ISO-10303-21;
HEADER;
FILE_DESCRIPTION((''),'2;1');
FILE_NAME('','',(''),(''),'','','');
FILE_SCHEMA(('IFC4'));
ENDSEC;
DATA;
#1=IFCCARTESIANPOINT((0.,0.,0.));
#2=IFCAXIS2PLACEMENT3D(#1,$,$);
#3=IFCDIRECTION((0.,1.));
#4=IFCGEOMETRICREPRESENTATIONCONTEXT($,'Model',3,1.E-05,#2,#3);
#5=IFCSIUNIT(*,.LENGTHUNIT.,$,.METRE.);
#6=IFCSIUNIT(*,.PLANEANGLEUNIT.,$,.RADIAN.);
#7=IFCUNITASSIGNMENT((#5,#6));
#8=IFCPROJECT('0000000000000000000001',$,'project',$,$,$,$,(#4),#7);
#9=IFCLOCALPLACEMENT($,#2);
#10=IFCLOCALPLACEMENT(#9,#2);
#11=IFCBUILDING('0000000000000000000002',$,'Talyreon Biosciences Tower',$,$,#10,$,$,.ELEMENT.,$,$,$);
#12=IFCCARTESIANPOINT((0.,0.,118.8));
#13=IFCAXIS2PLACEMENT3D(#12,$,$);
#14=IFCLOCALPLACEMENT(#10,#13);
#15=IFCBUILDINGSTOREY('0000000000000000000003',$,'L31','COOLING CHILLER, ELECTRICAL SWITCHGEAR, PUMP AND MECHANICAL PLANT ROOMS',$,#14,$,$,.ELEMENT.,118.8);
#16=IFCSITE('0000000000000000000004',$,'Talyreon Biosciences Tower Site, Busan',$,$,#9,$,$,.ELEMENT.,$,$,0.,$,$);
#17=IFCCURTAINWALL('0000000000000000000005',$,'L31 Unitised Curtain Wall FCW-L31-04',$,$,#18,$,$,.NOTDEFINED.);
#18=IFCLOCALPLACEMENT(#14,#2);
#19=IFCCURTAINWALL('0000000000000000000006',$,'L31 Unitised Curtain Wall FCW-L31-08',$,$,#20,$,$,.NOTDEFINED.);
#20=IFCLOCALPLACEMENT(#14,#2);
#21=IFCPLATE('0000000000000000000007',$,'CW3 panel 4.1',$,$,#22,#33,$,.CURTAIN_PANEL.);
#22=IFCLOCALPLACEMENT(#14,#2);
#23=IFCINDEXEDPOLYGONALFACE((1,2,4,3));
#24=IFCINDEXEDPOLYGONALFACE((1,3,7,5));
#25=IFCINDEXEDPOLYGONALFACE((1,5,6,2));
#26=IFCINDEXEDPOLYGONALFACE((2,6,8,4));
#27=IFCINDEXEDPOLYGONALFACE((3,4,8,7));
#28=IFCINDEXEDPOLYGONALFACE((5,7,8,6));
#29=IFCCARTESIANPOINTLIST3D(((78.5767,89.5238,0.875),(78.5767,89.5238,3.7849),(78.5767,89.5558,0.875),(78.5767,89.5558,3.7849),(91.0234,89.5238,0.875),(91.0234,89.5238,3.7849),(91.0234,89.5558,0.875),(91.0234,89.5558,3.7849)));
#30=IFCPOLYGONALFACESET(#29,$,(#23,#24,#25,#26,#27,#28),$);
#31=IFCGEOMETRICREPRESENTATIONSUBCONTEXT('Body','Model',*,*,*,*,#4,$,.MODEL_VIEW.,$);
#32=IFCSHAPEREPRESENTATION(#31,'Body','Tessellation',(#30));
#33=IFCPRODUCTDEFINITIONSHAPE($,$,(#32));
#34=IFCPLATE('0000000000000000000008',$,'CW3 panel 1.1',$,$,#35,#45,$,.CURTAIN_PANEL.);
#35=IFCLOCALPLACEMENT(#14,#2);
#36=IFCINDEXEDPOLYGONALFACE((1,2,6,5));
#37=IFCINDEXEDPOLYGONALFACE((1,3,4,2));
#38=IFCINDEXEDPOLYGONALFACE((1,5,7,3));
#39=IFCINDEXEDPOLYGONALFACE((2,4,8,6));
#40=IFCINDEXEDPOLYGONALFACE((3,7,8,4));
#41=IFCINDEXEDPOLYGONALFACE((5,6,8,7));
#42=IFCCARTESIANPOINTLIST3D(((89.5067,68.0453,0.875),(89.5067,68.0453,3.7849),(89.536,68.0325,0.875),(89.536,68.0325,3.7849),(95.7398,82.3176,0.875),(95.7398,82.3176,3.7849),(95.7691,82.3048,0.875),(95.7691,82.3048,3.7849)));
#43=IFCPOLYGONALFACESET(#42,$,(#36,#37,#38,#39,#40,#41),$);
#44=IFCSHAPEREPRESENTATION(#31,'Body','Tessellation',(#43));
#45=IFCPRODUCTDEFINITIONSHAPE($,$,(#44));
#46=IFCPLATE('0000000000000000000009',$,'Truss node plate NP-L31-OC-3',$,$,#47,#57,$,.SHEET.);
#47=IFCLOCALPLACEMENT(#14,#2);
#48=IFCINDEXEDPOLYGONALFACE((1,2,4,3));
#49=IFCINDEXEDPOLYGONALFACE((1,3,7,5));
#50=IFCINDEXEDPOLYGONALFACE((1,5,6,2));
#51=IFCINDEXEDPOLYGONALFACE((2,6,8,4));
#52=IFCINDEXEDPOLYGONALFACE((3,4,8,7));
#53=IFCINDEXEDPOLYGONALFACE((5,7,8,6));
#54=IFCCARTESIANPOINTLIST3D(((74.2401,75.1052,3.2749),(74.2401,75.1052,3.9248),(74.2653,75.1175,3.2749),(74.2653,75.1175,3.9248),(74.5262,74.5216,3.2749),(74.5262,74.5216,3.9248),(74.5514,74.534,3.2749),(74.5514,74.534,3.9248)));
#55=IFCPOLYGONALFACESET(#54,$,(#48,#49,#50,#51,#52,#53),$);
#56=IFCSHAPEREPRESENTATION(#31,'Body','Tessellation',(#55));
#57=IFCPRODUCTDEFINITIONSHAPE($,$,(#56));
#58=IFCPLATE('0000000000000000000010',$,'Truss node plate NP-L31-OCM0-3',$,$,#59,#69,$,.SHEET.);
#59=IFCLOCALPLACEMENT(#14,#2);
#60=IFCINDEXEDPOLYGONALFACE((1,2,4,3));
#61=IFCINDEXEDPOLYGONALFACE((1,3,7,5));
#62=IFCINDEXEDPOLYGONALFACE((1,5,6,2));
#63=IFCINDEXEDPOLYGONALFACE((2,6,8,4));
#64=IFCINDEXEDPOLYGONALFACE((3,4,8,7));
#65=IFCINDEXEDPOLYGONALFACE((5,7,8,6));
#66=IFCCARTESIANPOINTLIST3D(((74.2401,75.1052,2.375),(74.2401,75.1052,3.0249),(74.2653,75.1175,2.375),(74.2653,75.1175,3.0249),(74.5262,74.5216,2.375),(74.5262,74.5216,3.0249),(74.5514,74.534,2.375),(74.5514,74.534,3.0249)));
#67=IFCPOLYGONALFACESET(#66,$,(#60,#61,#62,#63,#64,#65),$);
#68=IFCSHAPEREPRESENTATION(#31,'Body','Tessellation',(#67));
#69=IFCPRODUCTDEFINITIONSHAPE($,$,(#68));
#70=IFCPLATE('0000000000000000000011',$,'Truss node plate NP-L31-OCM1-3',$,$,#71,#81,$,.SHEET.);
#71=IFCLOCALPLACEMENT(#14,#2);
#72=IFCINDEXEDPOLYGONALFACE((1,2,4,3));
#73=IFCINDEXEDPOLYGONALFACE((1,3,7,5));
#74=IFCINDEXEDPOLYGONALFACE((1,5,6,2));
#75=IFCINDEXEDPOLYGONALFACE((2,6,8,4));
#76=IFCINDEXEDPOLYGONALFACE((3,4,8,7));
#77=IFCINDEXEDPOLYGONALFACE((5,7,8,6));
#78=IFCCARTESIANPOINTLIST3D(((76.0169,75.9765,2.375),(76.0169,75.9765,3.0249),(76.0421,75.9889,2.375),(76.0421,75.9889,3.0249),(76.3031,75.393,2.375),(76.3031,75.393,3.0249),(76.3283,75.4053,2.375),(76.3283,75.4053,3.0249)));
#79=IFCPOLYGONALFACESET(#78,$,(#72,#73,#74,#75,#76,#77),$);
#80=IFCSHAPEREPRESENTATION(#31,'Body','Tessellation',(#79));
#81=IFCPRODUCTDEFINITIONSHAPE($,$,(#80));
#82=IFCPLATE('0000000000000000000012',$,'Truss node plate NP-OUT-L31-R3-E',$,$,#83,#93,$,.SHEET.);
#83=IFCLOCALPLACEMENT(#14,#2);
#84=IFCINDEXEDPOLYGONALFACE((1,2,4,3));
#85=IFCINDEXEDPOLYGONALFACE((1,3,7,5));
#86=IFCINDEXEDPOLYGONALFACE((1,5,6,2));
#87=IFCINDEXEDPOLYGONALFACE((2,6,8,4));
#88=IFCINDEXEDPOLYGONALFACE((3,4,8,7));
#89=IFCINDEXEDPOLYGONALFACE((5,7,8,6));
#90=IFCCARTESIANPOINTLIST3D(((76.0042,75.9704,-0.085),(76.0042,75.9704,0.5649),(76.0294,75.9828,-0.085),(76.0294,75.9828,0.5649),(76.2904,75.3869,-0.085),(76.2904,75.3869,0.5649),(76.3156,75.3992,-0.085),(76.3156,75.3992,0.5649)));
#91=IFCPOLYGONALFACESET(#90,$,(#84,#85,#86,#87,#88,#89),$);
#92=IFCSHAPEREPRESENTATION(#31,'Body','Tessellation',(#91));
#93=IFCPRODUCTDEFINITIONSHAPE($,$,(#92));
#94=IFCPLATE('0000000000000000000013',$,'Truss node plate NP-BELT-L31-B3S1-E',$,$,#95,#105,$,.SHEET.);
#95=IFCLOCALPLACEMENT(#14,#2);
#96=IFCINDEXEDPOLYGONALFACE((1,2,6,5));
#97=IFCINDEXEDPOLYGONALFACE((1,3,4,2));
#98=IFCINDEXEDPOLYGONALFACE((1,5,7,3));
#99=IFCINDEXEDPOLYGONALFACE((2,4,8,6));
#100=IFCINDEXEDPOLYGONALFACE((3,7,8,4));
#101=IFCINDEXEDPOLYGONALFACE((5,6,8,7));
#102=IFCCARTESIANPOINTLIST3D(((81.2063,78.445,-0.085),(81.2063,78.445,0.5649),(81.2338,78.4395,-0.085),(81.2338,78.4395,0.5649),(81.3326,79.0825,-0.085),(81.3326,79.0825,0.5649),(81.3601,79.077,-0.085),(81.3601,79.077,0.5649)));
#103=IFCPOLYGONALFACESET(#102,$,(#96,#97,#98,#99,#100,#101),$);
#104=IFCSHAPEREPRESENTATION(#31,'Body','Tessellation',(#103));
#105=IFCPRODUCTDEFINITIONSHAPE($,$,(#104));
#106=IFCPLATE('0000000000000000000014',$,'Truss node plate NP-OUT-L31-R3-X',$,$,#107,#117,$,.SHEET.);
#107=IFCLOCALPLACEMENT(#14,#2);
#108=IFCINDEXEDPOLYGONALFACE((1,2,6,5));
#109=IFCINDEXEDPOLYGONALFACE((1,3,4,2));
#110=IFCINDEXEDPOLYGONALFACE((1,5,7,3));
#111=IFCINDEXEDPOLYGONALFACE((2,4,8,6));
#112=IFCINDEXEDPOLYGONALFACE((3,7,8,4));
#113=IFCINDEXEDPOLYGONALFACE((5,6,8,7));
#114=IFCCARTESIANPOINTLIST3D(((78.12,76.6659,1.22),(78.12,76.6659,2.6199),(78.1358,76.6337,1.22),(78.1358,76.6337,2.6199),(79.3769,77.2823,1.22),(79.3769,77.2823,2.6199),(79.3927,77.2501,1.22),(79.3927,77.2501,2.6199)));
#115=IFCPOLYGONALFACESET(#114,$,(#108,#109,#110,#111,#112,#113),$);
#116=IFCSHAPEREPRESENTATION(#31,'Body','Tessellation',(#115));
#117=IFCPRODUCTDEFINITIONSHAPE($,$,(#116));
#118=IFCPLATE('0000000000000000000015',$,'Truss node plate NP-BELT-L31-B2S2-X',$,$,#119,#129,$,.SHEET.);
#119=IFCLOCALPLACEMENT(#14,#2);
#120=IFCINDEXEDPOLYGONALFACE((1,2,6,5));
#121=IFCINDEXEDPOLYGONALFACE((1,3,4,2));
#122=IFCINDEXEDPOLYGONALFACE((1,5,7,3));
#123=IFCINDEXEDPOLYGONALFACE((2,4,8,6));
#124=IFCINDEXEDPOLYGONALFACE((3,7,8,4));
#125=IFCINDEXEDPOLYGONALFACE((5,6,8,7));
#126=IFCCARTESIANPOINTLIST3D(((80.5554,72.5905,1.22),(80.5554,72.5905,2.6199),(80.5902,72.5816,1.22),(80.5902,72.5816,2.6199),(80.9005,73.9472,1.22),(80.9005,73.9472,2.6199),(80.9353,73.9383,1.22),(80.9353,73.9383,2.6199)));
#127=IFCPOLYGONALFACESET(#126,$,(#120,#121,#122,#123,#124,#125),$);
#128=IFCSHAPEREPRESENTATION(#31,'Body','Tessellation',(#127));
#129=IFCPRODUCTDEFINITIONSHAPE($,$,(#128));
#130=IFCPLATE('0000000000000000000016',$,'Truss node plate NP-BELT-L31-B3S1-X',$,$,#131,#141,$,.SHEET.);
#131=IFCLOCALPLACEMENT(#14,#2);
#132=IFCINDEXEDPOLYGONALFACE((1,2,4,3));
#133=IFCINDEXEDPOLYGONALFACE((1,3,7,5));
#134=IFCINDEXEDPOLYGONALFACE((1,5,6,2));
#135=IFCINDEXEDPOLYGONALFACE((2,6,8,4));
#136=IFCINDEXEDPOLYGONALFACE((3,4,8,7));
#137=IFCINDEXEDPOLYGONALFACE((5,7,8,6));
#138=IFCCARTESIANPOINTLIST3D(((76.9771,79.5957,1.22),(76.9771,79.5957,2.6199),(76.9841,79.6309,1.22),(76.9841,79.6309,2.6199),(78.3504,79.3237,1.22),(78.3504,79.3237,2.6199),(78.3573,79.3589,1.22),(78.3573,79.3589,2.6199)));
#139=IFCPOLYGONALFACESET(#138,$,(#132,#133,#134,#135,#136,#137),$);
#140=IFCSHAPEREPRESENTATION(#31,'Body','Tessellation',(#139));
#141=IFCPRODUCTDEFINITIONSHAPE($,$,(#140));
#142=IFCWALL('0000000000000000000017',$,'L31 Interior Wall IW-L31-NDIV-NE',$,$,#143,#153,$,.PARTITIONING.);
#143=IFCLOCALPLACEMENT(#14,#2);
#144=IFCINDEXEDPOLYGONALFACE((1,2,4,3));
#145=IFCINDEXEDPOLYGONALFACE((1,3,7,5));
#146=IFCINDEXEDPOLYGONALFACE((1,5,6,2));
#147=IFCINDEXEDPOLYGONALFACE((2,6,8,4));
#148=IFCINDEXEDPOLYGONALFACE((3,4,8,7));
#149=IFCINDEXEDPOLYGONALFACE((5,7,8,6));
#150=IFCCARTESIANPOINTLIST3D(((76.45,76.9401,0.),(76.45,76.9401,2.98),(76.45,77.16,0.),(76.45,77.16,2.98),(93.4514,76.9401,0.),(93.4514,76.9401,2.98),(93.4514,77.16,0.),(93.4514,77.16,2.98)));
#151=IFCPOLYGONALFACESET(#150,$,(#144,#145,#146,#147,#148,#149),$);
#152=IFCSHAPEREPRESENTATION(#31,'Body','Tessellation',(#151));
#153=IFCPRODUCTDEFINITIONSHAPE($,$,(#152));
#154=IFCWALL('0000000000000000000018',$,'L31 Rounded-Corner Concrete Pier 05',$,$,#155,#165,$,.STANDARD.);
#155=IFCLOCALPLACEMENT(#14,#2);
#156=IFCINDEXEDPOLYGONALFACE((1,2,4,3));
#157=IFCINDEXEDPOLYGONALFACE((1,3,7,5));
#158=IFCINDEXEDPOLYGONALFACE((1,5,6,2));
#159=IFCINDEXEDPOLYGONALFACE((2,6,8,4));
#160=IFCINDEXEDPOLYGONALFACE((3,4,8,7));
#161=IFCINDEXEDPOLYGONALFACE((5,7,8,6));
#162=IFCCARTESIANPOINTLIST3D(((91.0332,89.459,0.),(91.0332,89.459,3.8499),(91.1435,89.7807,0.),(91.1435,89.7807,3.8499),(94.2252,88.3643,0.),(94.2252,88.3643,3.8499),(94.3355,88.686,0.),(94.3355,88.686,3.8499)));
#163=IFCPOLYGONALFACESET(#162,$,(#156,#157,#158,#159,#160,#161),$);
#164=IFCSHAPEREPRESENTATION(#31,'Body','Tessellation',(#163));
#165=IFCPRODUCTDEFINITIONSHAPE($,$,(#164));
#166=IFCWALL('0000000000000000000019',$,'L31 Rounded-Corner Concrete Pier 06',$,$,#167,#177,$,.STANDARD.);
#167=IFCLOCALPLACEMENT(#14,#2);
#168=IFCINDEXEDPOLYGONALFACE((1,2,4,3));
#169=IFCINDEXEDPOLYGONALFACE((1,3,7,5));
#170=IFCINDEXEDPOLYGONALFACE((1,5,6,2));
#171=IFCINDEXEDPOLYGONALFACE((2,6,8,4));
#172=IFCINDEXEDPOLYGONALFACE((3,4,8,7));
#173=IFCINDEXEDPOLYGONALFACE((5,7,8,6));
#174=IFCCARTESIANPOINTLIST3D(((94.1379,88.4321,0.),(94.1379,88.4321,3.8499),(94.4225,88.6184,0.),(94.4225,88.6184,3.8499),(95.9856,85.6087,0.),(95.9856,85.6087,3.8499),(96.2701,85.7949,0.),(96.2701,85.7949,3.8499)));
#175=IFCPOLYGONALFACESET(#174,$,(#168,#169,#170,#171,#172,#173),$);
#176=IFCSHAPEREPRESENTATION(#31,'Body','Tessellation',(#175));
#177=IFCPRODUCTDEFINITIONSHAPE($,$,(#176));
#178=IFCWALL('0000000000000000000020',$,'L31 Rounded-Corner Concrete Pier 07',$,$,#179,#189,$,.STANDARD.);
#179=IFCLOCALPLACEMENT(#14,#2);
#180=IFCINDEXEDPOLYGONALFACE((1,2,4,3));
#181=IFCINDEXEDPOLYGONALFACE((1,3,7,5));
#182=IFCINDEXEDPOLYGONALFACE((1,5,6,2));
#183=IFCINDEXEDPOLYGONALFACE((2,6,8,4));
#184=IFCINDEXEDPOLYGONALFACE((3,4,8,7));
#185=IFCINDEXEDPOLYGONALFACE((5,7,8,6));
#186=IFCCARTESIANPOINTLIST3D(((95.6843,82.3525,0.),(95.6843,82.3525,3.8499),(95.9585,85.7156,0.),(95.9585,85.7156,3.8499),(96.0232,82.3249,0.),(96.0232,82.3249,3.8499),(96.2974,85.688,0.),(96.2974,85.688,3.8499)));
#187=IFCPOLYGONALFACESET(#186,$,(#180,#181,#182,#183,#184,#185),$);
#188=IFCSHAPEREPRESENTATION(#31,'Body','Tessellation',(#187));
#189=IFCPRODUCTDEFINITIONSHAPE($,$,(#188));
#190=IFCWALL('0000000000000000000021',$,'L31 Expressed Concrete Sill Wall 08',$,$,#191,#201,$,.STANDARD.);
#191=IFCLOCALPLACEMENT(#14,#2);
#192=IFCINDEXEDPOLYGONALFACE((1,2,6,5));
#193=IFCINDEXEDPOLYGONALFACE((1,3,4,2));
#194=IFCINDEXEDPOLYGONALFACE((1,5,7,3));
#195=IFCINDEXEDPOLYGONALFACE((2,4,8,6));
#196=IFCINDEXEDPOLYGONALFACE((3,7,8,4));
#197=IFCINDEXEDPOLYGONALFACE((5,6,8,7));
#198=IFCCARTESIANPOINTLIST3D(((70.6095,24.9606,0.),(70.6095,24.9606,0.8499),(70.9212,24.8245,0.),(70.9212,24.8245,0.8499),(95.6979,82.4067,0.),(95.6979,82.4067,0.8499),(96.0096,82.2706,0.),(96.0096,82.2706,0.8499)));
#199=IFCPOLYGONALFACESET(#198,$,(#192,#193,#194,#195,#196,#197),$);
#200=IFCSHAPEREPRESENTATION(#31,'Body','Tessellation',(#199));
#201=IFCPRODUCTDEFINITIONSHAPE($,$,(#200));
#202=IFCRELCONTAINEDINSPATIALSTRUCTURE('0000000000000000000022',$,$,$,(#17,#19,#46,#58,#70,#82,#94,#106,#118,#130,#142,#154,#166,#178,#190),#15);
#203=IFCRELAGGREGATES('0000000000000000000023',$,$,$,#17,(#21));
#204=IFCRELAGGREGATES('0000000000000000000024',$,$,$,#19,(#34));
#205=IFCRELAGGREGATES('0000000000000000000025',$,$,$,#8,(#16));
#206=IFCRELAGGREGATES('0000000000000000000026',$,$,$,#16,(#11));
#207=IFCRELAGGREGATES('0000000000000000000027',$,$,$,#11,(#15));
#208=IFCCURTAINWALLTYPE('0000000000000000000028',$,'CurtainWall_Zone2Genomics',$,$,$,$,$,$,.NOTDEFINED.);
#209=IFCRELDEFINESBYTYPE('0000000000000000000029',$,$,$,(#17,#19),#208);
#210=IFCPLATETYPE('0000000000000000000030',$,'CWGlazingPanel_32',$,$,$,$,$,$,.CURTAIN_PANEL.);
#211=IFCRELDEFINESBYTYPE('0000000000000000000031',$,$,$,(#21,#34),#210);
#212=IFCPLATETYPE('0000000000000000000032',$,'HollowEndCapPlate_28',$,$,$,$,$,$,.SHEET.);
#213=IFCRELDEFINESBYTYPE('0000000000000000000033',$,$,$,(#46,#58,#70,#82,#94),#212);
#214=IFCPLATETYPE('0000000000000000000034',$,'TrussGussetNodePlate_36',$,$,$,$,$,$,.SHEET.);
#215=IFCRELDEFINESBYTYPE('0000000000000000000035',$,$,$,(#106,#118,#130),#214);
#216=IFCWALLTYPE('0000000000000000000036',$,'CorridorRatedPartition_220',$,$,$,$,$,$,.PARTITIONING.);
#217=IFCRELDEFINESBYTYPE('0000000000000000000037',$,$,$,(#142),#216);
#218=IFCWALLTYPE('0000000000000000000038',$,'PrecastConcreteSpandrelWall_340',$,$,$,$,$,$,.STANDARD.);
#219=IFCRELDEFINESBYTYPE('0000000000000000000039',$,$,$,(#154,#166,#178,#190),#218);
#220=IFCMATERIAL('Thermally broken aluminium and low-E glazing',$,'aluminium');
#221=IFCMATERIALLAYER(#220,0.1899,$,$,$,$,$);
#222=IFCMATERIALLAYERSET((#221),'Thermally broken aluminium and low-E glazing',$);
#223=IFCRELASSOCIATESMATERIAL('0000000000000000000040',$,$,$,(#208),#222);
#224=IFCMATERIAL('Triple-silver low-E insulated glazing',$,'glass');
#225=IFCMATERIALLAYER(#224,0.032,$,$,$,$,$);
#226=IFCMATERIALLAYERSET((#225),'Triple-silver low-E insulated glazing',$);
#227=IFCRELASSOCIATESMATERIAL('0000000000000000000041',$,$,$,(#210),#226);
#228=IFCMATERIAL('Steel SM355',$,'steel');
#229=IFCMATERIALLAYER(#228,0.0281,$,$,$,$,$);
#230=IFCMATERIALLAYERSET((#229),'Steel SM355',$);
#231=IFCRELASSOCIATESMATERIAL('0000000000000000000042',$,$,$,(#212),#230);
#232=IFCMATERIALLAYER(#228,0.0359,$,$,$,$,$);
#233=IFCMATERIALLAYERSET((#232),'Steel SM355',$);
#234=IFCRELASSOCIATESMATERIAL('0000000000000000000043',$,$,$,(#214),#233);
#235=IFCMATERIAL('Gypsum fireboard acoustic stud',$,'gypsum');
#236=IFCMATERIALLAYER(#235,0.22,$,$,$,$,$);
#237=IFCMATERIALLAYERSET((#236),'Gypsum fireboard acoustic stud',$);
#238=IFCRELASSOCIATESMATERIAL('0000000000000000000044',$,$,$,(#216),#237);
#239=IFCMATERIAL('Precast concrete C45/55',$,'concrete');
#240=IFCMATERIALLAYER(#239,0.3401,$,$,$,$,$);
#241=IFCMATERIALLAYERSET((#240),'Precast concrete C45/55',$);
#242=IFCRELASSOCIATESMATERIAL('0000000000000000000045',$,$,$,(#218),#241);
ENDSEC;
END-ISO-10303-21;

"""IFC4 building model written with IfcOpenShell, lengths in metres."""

from ifc_helpers import new_model, si_unit, direction, frame, frame_2d, origin, origin_2d, place, context, subcontext, project, spatial, rectangle, extrude, material, layer, layer_set, type_object, element, aggregate, save


model = new_model("IFC4")

# Units and contexts
model_context = context("Model", 3, precision=1e-05, world=origin(), true_north=direction((0.0, 1.0)))
body_context = subcontext(model_context, "Body", "Model", "MODEL_VIEW")
ifc_project = project(units=[si_unit("LENGTHUNIT", "METRE"), si_unit("PLANEANGLEUNIT", "RADIAN")], contexts=[model_context])

# Site, building, storey
site_placement = place(None, origin())
site = spatial("IfcSite", under=ifc_project, at=site_placement, Name="Talyreon Biosciences Tower Site, Busan", CompositionType="ELEMENT", RefElevation=0.0)
building_placement = place(site_placement, origin())
building = spatial("IfcBuilding", under=site, at=building_placement, Name="Talyreon Biosciences Tower", CompositionType="ELEMENT")
storey_placement = place(building_placement, frame((0.0, 0.0, 118.8)))
storey = spatial("IfcBuildingStorey", under=building, at=storey_placement, Name="L31", Description="COOLING CHILLER, ELECTRICAL SWITCHGEAR, PUMP AND MECHANICAL PLANT ROOMS", CompositionType="ELEMENT", Elevation=118.8)

# Shared definitions
ifc_material_1 = material(Name="Steel SM355", Category="steel")

# Curtain wall
ifc_material_2 = material(Name="Thermally broken aluminium and low-E glazing", Category="aluminium")
ifc_layer_1 = layer(ifc_material_2, 0.1899)
ifc_layer_set_1 = layer_set([ifc_layer_1], Name="Thermally broken aluminium and low-E glazing")
curtain_wall_type = type_object("IfcCurtainWallType", Name="CurtainWall_Zone2Genomics", PredefinedType="NOTDEFINED", material=ifc_layer_set_1)
curtain_wall_1_placement = place(storey_placement, origin())
curtain_wall_1 = element("IfcCurtainWall", 1, at=curtain_wall_1_placement, inside=storey, type_object=curtain_wall_type, Name="L31 Unitised Curtain Wall FCW-L31-04", PredefinedType="NOTDEFINED")

# Curtain wall
curtain_wall_2_placement = place(storey_placement, origin())
curtain_wall_2 = element("IfcCurtainWall", 2, at=curtain_wall_2_placement, inside=storey, type_object=curtain_wall_type, Name="L31 Unitised Curtain Wall FCW-L31-08", PredefinedType="NOTDEFINED")

# Shared definitions
ifc_material_3 = material(Name="Precast concrete C45/55", Category="concrete")

# Plates
ifc_material_4 = material(Name="Triple-silver low-E insulated glazing", Category="glass")
ifc_layer_2 = layer(ifc_material_4, 0.032)
ifc_layer_set_2 = layer_set([ifc_layer_2], Name="Triple-silver low-E insulated glazing")
plate_type_1 = type_object("IfcPlateType", Name="CWGlazingPanel_32", PredefinedType="CURTAIN_PANEL", material=ifc_layer_set_2)
plate_1_placement = place(storey_placement, frame((84.8, 89.5398, 0.875), z_axis=(0.0, 0.0, 1.0), x_axis=(1.0, 0.0, 0.0)))
plate_1 = element("IfcPlate", 3, at=plate_1_placement, type_object=plate_type_1, Name="CW3 panel 4.1", PredefinedType="CURTAIN_PANEL", context=body_context, shape_type="SweptSolid", body=[
    extrude(rectangle(XDim=12.4468, YDim=0.032, at=origin_2d()), origin(), (0.0, 0.0, 1.0), 2.9099),
])
aggregate(curtain_wall_1, [plate_1])
plate_2_placement = place(storey_placement, frame((92.6379, 75.175, 0.875), z_axis=(0.0, 0.0, 1.0), x_axis=(-0.400226, -0.916416, 0.0)))
plate_2 = element("IfcPlate", 4, at=plate_2_placement, type_object=plate_type_1, Name="CW3 panel 1.1", PredefinedType="CURTAIN_PANEL", context=body_context, shape_type="SweptSolid", body=[
    extrude(rectangle(XDim=15.574, YDim=0.032, at=origin_2d()), origin(), (0.0, 0.0, 1.0), 2.9099),
])
aggregate(curtain_wall_2, [plate_2])

# Plates
ifc_layer_3 = layer(ifc_material_1, 0.0281)
ifc_layer_set_3 = layer_set([ifc_layer_3], Name="Steel SM355")
plate_type_2 = type_object("IfcPlateType", Name="HollowEndCapPlate_28", PredefinedType="SHEET", material=ifc_layer_set_3)
for number, where, z_axis, x_axis, name in (
    (5, (74.3958, 74.8196, 3.2749), (0.0, 0.0, 1.0), (-0.440284, 0.897859, 0.0), "Truss node plate NP-L31-OC-3"),
    (6, (74.3958, 74.8196, 2.375), (0.0, 0.0, 1.0), (-0.440284, 0.897859, 0.0), "Truss node plate NP-L31-OCM0-3"),
    (7, (76.1726, 75.6909, 2.375), (0.0, 0.0, 1.0), (-0.440284, 0.897859, 0.0), "Truss node plate NP-L31-OCM1-3"),
    (8, (76.1599, 75.6848, -0.085), (0.0, 0.0, 1.0), (-0.440284, 0.897859, 0.0), "Truss node plate NP-OUT-L31-R3-E"),
    (9, (81.2832, 78.761, -0.085), (0.0, 0.0, 1.0), (-0.194337, -0.980935, 0.0), "Truss node plate NP-BELT-L31-B3S1-E"),
):
    element("IfcPlate", number, at=place(storey_placement, frame(where, z_axis=z_axis, x_axis=x_axis)), inside=storey, type_object=plate_type_2, Name=name, PredefinedType="SHEET", context=body_context, shape_type="SweptSolid", body=[
        extrude(rectangle(XDim=0.6499, YDim=0.0281, at=origin_2d()), origin(), (0.0, 0.0, 1.0), 0.6499),
    ])
ifc_layer_4 = layer(ifc_material_1, 0.0359)
ifc_layer_set_4 = layer_set([ifc_layer_4], Name="Steel SM355")
plate_type_3 = type_object("IfcPlateType", Name="TrussGussetNodePlate_36", PredefinedType="SHEET", material=ifc_layer_set_4)
for number, where, z_axis, x_axis, name in (
    (10, (78.7563, 76.958, 1.22), (0.0, 0.0, 1.0), (0.897859, 0.440284, 0.0), "Truss node plate NP-OUT-L31-R3-X"),
    (11, (80.7454, 73.2644, 1.22), (0.0, 0.0, 1.0), (0.246542, 0.969132, 0.0), "Truss node plate NP-BELT-L31-B2S2-X"),
    (12, (77.6672, 79.4773, 1.22), (0.0, 0.0, 1.0), (-0.980935, 0.194337, 0.0), "Truss node plate NP-BELT-L31-B3S1-X"),
):
    element("IfcPlate", number, at=place(storey_placement, frame(where, z_axis=z_axis, x_axis=x_axis)), inside=storey, type_object=plate_type_3, Name=name, PredefinedType="SHEET", context=body_context, shape_type="SweptSolid", body=[
        extrude(rectangle(XDim=1.3999, YDim=0.0359, at=origin_2d()), origin(), (0.0, 0.0, 1.0), 1.3999),
    ])

# Walls
ifc_material_5 = material(Name="Gypsum fireboard acoustic stud", Category="gypsum")
ifc_layer_5 = layer(ifc_material_5, 0.22)
ifc_layer_set_5 = layer_set([ifc_layer_5], Name="Gypsum fireboard acoustic stud")
wall_type_1 = type_object("IfcWallType", Name="CorridorRatedPartition_220", PredefinedType="PARTITIONING", material=ifc_layer_set_5)
wall_1_placement = place(storey_placement, frame((76.45, 77.05, 0.0), z_axis=(0.0, 0.0, 1.0), x_axis=(1.0, 0.0, 0.0)))
element("IfcWall", 13, at=wall_1_placement, inside=storey, type_object=wall_type_1, Name="L31 Interior Wall IW-L31-NDIV-NE", PredefinedType="PARTITIONING", context=body_context, shape_type="SweptSolid", body=[
    extrude(rectangle(XDim=17.0015, YDim=0.22, at=frame_2d((8.5007, 0.0))), origin(), (0.0, 0.0, 1.0), 2.98),
])
ifc_layer_6 = layer(ifc_material_3, 0.3401)
ifc_layer_set_6 = layer_set([ifc_layer_6], Name="Precast concrete C45/55")
wall_type_2 = type_object("IfcWallType", Name="PrecastConcreteSpandrelWall_340", PredefinedType="STANDARD", material=ifc_layer_set_6)
wall_2_placement = place(storey_placement, frame((91.0884, 89.6199, 0.0), z_axis=(0.0, 0.0, 1.0), x_axis=(0.945913, -0.324421, 0.0)))
element("IfcWall", 14, at=wall_2_placement, inside=storey, type_object=wall_type_2, Name="L31 Rounded-Corner Concrete Pier 05", PredefinedType="STANDARD", context=body_context, shape_type="SweptSolid", body=[
    extrude(rectangle(XDim=3.3745, YDim=0.3401, at=frame_2d((1.6873, 0.0))), origin(), (0.0, 0.0, 1.0), 3.8499),
])
for number, where, z_axis, x_axis, name in (
    (15, (94.2803, 88.5251, 0.0), (0.0, 0.0, 1.0), (0.547567, -0.836762, 0.0), "L31 Rounded-Corner Concrete Pier 06"),
    (16, (96.1279, 85.7017, 0.0), (0.0, 0.0, 1.0), (-0.081255, -0.996693, 0.0), "L31 Rounded-Corner Concrete Pier 07"),
):
    element("IfcWall", number, at=place(storey_placement, frame(where, z_axis=z_axis, x_axis=x_axis)), inside=storey, type_object=wall_type_2, Name=name, PredefinedType="STANDARD", context=body_context, shape_type="SweptSolid", body=[
        extrude(rectangle(XDim=3.3743, YDim=0.3401, at=frame_2d((1.687, 0.0))), origin(), (0.0, 0.0, 1.0), 3.8499),
    ])
wall_3_placement = place(storey_placement, frame((95.8538, 82.3386, 0.0), z_axis=(0.0, 0.0, 1.0), x_axis=(-0.400226, -0.916416, 0.0)))
element("IfcWall", 17, at=wall_3_placement, inside=storey, type_object=wall_type_2, Name="L31 Expressed Concrete Sill Wall 08", PredefinedType="STANDARD", context=body_context, shape_type="SweptSolid", body=[
    extrude(rectangle(XDim=62.6855, YDim=0.3401, at=frame_2d((31.3428, 0.0))), origin(), (0.0, 0.0, 1.0), 0.8499),
])

save(model, "model.ifc")
